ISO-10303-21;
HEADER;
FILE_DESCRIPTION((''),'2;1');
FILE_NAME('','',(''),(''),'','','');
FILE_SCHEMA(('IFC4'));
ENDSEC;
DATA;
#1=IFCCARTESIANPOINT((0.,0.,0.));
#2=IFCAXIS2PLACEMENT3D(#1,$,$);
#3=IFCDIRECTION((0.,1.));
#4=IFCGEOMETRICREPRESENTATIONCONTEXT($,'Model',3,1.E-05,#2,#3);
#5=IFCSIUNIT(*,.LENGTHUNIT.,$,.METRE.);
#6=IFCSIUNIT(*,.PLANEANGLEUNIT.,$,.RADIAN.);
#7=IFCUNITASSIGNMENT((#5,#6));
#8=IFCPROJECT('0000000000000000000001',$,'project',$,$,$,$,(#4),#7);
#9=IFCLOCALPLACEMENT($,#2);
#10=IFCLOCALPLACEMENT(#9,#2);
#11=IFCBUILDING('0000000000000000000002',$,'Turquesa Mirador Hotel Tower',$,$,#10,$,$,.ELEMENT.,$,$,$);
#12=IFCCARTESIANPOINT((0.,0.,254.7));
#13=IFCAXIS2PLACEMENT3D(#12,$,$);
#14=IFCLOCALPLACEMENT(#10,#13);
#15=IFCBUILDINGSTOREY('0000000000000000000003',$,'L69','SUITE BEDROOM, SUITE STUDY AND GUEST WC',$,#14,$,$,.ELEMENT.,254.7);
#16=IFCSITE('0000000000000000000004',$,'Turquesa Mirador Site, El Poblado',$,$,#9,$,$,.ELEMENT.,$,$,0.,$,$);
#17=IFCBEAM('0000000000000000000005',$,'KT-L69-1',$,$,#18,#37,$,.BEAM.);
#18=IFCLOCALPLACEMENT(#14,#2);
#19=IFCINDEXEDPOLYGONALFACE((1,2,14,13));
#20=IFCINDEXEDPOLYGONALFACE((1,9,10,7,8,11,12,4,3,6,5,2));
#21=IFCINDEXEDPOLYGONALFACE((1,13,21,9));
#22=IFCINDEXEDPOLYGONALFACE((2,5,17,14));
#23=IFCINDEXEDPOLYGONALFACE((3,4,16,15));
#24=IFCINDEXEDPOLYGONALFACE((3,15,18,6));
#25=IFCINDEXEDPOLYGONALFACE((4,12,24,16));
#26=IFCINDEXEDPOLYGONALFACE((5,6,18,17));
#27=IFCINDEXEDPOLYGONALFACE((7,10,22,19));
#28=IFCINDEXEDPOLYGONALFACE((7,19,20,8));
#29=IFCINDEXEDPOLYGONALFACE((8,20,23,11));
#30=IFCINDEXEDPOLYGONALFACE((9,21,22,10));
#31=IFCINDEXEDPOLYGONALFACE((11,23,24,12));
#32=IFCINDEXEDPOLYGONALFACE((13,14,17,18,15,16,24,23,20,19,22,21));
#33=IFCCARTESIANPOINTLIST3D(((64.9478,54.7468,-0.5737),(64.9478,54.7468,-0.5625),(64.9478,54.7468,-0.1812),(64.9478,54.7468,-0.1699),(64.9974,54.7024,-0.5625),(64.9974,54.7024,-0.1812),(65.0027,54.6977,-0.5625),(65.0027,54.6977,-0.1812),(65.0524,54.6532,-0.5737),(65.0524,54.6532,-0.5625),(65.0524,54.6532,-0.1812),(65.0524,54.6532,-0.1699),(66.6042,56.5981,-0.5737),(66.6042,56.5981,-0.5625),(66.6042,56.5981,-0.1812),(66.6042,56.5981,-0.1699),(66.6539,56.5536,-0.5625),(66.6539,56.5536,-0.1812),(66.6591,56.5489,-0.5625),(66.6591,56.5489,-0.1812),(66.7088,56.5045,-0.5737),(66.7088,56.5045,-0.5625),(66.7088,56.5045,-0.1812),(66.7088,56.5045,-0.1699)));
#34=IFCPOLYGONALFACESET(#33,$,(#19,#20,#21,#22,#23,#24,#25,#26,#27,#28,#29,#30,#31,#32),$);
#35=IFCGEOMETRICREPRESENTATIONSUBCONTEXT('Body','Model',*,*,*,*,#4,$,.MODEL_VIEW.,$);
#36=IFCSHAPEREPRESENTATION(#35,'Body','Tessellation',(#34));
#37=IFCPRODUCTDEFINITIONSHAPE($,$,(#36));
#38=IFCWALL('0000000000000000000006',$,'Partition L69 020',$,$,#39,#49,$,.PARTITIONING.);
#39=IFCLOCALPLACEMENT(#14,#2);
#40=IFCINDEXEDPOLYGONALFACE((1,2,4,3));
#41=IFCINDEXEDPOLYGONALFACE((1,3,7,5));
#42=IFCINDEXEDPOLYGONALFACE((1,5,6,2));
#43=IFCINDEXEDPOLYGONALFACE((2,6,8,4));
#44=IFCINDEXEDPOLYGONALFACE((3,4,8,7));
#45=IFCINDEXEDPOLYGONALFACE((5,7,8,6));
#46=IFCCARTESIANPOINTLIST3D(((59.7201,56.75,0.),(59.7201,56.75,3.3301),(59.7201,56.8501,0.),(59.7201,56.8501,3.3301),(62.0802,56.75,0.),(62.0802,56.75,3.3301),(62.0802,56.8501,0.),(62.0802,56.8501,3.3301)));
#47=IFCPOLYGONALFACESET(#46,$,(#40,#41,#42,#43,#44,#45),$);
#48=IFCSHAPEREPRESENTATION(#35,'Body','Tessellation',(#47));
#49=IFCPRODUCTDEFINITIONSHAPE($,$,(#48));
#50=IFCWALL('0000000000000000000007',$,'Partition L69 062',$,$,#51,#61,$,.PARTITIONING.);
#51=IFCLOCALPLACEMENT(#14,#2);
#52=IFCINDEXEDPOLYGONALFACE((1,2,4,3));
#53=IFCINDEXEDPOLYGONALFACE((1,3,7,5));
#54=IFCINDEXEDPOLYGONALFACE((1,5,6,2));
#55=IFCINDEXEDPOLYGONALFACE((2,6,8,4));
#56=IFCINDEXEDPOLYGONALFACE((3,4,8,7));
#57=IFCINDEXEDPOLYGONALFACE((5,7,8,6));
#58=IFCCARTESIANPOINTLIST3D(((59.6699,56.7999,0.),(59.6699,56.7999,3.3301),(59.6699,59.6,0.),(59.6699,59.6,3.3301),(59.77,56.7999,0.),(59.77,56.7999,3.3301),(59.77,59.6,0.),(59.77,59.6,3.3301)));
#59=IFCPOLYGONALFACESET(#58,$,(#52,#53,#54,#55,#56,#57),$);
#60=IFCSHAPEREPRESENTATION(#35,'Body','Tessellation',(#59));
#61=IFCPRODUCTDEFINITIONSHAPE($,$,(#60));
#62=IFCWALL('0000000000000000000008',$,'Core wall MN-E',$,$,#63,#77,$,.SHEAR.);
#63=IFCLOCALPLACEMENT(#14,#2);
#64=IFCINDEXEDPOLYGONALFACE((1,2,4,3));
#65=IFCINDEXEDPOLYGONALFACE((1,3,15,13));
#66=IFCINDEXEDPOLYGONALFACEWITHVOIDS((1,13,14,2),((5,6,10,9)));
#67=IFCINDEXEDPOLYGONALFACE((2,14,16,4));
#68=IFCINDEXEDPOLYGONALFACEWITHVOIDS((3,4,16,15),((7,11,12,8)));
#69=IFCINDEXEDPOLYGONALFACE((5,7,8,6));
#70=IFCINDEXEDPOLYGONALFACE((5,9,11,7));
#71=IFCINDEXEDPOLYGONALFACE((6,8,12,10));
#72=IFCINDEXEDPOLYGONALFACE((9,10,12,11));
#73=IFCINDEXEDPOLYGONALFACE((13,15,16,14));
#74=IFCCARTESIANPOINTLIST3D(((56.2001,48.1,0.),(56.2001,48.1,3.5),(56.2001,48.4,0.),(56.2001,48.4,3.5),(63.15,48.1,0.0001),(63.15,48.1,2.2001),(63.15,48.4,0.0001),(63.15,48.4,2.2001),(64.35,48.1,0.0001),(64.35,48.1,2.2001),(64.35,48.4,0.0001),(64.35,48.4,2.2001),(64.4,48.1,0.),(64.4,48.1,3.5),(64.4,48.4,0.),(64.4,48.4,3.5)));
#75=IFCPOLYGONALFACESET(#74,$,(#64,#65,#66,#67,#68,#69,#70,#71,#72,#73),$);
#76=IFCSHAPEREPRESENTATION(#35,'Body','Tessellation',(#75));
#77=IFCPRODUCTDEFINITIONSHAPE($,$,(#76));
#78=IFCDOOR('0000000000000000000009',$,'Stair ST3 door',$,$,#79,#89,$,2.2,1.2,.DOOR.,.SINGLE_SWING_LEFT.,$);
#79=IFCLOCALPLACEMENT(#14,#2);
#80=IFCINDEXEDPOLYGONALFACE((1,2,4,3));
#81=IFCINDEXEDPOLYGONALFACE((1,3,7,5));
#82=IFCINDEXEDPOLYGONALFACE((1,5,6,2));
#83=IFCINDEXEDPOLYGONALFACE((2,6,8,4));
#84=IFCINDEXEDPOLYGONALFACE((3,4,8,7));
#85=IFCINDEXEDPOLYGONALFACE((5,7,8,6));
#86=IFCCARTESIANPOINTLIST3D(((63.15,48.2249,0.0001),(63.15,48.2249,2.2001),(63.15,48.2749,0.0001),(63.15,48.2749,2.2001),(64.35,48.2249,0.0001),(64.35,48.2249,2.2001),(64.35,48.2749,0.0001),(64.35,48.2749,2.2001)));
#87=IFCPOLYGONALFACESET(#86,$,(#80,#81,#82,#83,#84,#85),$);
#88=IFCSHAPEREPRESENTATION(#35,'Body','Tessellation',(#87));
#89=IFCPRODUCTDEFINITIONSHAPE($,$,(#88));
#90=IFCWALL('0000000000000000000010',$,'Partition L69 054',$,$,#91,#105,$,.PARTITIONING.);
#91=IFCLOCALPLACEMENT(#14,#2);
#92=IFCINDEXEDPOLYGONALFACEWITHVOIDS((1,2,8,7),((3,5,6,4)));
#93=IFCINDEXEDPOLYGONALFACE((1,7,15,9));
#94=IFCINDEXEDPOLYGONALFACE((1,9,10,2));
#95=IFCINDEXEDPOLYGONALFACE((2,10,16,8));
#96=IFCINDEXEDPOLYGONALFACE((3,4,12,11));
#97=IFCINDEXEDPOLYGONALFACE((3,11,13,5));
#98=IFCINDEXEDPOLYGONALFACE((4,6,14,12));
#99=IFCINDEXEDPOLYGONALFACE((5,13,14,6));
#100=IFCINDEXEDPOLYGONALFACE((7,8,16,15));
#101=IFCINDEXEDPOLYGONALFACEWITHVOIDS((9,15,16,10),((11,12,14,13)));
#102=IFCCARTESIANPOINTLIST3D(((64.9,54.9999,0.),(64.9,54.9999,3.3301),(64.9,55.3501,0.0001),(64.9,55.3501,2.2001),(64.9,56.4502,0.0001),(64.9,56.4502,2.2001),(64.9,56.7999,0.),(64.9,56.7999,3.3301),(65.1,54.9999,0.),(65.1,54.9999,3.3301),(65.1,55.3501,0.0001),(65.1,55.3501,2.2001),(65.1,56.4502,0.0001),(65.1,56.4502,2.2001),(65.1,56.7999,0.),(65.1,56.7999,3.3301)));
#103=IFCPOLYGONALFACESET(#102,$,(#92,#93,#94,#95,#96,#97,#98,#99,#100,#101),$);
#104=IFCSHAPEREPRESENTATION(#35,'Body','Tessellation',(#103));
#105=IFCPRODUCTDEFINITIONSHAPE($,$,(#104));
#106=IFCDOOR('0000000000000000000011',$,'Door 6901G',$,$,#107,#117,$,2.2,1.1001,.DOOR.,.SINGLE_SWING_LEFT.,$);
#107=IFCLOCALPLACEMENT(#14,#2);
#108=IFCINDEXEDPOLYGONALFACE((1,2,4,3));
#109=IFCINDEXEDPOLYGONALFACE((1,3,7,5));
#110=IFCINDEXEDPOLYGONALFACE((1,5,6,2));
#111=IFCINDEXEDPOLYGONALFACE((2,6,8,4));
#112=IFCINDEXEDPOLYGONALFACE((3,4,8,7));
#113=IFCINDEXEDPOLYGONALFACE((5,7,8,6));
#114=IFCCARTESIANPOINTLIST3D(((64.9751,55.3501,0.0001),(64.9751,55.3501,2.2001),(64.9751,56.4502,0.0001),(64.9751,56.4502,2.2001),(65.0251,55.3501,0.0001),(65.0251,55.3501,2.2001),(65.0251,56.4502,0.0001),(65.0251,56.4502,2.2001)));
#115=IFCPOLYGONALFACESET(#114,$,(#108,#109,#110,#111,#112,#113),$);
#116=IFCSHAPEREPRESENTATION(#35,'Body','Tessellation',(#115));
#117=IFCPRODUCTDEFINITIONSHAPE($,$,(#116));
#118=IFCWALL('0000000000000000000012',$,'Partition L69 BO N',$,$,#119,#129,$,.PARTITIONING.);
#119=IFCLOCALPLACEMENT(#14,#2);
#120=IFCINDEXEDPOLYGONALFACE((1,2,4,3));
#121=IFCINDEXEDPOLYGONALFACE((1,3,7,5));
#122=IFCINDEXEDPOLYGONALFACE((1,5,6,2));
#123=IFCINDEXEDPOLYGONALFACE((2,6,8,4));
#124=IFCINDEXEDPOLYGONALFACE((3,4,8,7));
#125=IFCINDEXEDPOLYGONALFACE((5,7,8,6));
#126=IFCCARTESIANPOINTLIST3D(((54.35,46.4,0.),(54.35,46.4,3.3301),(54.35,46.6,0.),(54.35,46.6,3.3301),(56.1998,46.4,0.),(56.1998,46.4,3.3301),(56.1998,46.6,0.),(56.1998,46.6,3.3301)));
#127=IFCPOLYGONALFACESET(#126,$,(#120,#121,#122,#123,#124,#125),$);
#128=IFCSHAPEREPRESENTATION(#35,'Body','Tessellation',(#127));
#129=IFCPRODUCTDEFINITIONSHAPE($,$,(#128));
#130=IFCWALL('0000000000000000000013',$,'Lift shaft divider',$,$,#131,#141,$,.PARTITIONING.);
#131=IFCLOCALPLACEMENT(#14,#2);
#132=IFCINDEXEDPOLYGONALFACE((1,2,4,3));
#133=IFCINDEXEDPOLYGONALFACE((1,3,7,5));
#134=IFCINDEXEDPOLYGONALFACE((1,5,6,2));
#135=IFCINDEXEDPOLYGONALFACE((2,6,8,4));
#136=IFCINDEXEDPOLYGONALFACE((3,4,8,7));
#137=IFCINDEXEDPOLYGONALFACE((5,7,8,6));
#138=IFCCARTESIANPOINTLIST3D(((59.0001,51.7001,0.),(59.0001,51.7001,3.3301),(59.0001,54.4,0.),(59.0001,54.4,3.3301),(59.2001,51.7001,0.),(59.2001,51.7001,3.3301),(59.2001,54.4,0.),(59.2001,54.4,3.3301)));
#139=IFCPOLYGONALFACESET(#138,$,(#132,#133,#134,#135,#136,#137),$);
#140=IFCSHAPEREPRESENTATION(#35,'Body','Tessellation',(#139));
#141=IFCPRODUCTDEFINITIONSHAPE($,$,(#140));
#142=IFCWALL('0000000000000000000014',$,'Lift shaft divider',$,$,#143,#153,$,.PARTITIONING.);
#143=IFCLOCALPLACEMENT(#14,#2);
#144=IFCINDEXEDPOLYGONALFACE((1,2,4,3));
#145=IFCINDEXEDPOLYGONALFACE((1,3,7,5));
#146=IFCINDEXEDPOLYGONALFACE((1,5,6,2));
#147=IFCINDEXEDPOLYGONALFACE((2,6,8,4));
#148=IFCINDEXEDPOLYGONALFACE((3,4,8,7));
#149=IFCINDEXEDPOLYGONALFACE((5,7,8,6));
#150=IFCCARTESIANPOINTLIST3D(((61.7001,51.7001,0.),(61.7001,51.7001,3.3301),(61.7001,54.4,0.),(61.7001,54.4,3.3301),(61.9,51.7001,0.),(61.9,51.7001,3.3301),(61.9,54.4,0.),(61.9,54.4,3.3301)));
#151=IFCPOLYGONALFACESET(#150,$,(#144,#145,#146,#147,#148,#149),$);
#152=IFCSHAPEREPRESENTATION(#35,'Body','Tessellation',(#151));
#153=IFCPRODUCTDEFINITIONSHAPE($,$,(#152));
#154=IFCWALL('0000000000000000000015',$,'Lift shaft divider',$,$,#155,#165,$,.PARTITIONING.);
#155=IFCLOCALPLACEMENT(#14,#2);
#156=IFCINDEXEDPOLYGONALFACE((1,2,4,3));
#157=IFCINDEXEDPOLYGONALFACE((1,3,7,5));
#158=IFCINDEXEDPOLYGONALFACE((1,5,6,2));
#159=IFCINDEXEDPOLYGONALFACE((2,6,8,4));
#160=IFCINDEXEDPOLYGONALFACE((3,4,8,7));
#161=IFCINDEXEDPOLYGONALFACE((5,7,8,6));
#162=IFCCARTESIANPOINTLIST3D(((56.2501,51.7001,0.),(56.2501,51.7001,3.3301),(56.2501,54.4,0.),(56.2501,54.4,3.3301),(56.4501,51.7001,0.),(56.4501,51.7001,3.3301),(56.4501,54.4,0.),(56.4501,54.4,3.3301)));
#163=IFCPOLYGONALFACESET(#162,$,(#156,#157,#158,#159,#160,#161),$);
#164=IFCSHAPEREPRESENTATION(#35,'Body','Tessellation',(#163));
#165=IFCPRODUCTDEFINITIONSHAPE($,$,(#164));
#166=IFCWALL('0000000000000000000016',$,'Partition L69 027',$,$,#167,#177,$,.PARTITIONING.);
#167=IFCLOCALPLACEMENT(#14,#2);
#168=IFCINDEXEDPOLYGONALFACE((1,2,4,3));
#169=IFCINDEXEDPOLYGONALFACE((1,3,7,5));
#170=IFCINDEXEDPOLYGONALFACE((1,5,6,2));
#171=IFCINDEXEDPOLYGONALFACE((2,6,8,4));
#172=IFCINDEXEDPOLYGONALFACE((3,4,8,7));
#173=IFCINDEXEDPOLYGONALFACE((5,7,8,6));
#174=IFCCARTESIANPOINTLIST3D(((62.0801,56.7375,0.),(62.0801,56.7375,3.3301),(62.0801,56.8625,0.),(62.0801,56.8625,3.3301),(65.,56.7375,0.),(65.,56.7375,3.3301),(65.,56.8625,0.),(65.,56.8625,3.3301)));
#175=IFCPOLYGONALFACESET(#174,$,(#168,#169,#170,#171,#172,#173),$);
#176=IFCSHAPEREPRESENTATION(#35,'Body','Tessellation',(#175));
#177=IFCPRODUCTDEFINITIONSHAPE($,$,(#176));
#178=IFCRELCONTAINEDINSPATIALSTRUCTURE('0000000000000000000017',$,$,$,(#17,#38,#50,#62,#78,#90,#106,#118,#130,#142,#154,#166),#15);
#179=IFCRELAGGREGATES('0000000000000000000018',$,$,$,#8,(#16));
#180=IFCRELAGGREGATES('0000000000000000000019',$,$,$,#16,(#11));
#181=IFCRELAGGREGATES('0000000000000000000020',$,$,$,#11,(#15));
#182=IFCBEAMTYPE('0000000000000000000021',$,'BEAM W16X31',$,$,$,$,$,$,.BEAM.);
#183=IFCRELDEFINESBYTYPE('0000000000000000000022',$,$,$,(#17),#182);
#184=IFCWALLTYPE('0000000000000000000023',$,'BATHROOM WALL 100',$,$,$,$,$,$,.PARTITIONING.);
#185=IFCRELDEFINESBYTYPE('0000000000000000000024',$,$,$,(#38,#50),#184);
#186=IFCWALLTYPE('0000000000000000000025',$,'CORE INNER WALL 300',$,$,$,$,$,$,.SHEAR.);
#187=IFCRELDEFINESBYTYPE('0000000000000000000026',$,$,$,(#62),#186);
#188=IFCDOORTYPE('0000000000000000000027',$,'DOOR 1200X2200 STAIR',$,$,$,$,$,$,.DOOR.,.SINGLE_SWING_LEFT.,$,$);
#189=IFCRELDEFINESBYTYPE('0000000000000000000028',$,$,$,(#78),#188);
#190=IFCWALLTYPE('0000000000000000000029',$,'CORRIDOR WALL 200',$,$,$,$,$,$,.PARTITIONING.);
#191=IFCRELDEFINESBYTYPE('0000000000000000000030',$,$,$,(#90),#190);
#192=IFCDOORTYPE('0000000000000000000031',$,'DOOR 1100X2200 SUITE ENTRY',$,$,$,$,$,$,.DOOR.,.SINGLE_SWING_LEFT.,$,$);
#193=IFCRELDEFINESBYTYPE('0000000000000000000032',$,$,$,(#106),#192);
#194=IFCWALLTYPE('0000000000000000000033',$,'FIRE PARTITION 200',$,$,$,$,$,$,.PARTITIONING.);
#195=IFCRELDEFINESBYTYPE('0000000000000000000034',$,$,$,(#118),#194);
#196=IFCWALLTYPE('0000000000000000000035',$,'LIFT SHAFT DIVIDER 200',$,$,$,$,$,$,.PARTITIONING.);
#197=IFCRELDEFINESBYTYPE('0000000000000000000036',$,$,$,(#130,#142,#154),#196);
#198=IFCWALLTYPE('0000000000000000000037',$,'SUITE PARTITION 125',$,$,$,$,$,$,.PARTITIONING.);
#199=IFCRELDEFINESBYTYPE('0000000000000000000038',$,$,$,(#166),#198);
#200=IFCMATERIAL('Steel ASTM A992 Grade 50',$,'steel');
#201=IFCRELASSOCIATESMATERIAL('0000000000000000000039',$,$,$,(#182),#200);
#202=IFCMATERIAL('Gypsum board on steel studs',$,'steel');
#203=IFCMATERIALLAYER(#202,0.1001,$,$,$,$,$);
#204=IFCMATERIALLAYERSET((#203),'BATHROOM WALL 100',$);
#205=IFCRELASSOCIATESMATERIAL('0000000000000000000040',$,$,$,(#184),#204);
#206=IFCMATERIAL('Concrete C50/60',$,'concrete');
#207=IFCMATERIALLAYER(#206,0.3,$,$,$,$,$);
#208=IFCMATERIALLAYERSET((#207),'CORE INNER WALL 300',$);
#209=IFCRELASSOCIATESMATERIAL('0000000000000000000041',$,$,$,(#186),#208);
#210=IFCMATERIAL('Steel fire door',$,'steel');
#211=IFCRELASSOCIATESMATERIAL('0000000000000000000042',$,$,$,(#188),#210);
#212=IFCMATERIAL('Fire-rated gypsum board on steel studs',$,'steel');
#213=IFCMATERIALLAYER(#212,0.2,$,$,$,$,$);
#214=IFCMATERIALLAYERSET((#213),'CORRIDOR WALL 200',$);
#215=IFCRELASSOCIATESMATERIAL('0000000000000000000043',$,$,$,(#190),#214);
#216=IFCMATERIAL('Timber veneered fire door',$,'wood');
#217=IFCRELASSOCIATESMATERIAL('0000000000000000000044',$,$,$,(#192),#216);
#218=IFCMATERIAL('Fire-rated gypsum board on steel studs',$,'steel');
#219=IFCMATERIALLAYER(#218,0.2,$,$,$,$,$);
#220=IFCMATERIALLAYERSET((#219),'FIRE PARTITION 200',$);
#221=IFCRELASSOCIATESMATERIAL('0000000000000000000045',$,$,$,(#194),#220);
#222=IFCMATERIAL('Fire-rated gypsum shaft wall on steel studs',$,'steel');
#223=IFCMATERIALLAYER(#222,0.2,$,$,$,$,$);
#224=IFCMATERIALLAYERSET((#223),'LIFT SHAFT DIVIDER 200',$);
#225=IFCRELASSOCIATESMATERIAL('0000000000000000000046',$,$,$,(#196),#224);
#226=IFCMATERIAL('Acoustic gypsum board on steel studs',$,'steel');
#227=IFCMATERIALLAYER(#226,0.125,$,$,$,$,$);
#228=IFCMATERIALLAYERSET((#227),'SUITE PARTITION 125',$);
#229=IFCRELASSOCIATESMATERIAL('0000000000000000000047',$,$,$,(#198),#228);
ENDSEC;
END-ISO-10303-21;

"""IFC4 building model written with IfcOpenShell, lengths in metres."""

from ifc_helpers import new_model, si_unit, direction, frame, frame_2d, origin, origin_2d, place, context, subcontext, project, spatial, rectangle, i_section, extrude, material, layer, layer_set, material_profile, profile_set, type_object, element, fill, save


model = new_model("IFC4")

# Units and contexts
model_context = context("Model", 3, precision=1e-05, world=origin(), true_north=direction((0.0, 1.0)))
body_context = subcontext(model_context, "Body", "Model", "MODEL_VIEW")
ifc_project = project(units=[si_unit("LENGTHUNIT", "METRE"), si_unit("PLANEANGLEUNIT", "RADIAN")], contexts=[model_context])

# Site, building, storey
site_placement = place(None, origin())
site = spatial("IfcSite", under=ifc_project, at=site_placement, Name="Turquesa Mirador Site, El Poblado", CompositionType="ELEMENT", RefElevation=0.0)
building_placement = place(site_placement, origin())
building = spatial("IfcBuilding", under=site, at=building_placement, Name="Turquesa Mirador Hotel Tower", CompositionType="ELEMENT")
storey_placement = place(building_placement, frame((0.0, 0.0, 254.7)))
storey = spatial("IfcBuildingStorey", under=building, at=storey_placement, Name="L69", Description="SUITE BEDROOM, SUITE STUDY AND GUEST WC", CompositionType="ELEMENT", Elevation=254.7)

# Beam
ifc_material_1 = material(Name="Steel ASTM A992 Grade 50", Category="steel")
ifc_material_profile = material_profile(ifc_material_1, i_section(OverallWidth=0.1404, OverallDepth=0.4038, WebThickness=0.0071, FlangeThickness=0.0112, at=origin_2d()), Name="W16X31")
ifc_profile_set = profile_set([ifc_material_profile], Name="Steel ASTM A992 Grade 50")
beam_type = type_object("IfcBeamType", Name="BEAM W16X31", PredefinedType="BEAM", material=ifc_profile_set)
beam_placement = place(storey_placement, frame((66.6565, 56.5513, -0.3718), z_axis=(-0.666806, -0.745231, 0.0), x_axis=(0.745231, -0.666806, 0.0)))
element("IfcBeam", 1, at=beam_placement, inside=storey, type_object=beam_type, Name="KT-L69-1", PredefinedType="BEAM", context=body_context, shape_type="SweptSolid", body=[
    extrude(i_section(OverallWidth=0.1404, OverallDepth=0.4038, WebThickness=0.0071, FlangeThickness=0.0112, at=origin_2d()), origin(), (0.0, 0.0, 1.0), 2.4841),
])

# Walls
ifc_material_2 = material(Name="Gypsum board on steel studs", Category="steel")
ifc_layer_1 = layer(ifc_material_2, 0.1001)
ifc_layer_set_1 = layer_set([ifc_layer_1], Name="BATHROOM WALL 100")
wall_type_1 = type_object("IfcWallType", Name="BATHROOM WALL 100", PredefinedType="PARTITIONING", material=ifc_layer_set_1)
wall_1_placement = place(storey_placement, frame((59.72, 56.8, 0.0), z_axis=(0.0, 0.0, 1.0), x_axis=(1.0, 0.0, 0.0)))
element("IfcWall", 2, at=wall_1_placement, inside=storey, type_object=wall_type_1, Name="Partition L69 020", PredefinedType="PARTITIONING", context=body_context, shape_type="SweptSolid", body=[
    extrude(rectangle(XDim=2.3601, YDim=0.1001, at=frame_2d((1.1802, 0.0))), origin(), (0.0, 0.0, 1.0), 3.3301),
])
wall_2_placement = place(storey_placement, frame((59.72, 56.8, 0.0), z_axis=(0.0, 0.0, 1.0), x_axis=(0.0, 1.0, 0.0)))
element("IfcWall", 3, at=wall_2_placement, inside=storey, type_object=wall_type_1, Name="Partition L69 062", PredefinedType="PARTITIONING", context=body_context, shape_type="SweptSolid", body=[
    extrude(rectangle(XDim=2.8, YDim=0.1001, at=frame_2d((1.3999, 0.0))), origin(), (0.0, 0.0, 1.0), 3.3301),
])

# Walls, openings, doors
ifc_material_3 = material(Name="Concrete C50/60", Category="concrete")
ifc_layer_2 = layer(ifc_material_3, 0.3)
ifc_layer_set_2 = layer_set([ifc_layer_2], Name="CORE INNER WALL 300")
wall_type_2 = type_object("IfcWallType", Name="CORE INNER WALL 300", PredefinedType="SHEAR", material=ifc_layer_set_2)
wall_3_placement = place(storey_placement, frame((56.2, 48.25, 0.0), z_axis=(0.0, 0.0, 1.0), x_axis=(1.0, 0.0, 0.0)))
wall_3 = element("IfcWall", 4, at=wall_3_placement, inside=storey, type_object=wall_type_2, Name="Core wall MN-E", PredefinedType="SHEAR", context=body_context, shape_type="SweptSolid", body=[
    extrude(rectangle(XDim=8.2, YDim=0.3, at=frame_2d((4.1001, 0.0))), origin(), (0.0, 0.0, 1.0), 3.5),
])
opening_1_placement = place(wall_3_placement, frame((6.95, 0.0, 0.0)))
opening_1 = element("IfcOpeningElement", 5, at=opening_1_placement, cuts=wall_3, PredefinedType="OPENING", context=body_context, shape_type="SweptSolid", body=[
    extrude(rectangle(XDim=1.2, YDim=2.2, at=frame_2d((0.6001, 1.1001))), frame((0.0, 0.1599, 0.0), z_axis=(0.0, -1.0, 0.0), x_axis=(1.0, 0.0, 0.0)), (0.0, 0.0, 1.0), 0.3201),
])
ifc_material_4 = material(Name="Steel fire door", Category="steel")
door_type_1 = type_object("IfcDoorType", Name="DOOR 1200X2200 STAIR", OperationType="SINGLE_SWING_LEFT", PredefinedType="DOOR", material=ifc_material_4)
door_1_placement = place(opening_1_placement, origin())
door_1 = element("IfcDoor", 6, at=door_1_placement, inside=storey, type_object=door_type_1, Name="Stair ST3 door", OperationType="SINGLE_SWING_LEFT", OverallHeight=2.2, OverallWidth=1.2, PredefinedType="DOOR", context=body_context, shape_type="SweptSolid", body=[
    extrude(rectangle(XDim=1.2, YDim=2.2, at=frame_2d((0.6001, 1.1001))), frame((0.0, 0.0249, 0.0), z_axis=(0.0, -1.0, 0.0), x_axis=(1.0, 0.0, 0.0)), (0.0, 0.0, 1.0), 0.05),
])
fill(opening_1, door_1)
ifc_material_5 = material(Name="Fire-rated gypsum board on steel studs", Category="steel")
ifc_layer_3 = layer(ifc_material_5, 0.2)
ifc_layer_set_3 = layer_set([ifc_layer_3], Name="CORRIDOR WALL 200")
wall_type_3 = type_object("IfcWallType", Name="CORRIDOR WALL 200", PredefinedType="PARTITIONING", material=ifc_layer_set_3)
wall_4_placement = place(storey_placement, frame((65.0, 55.0, 0.0), z_axis=(0.0, 0.0, 1.0), x_axis=(0.0, 1.0, 0.0)))
wall_4 = element("IfcWall", 7, at=wall_4_placement, inside=storey, type_object=wall_type_3, Name="Partition L69 054", PredefinedType="PARTITIONING", context=body_context, shape_type="SweptSolid", body=[
    extrude(rectangle(XDim=1.8, YDim=0.2, at=frame_2d((0.8999, 0.0))), origin(), (0.0, 0.0, 1.0), 3.3301),
])
opening_2_placement = place(wall_4_placement, frame((0.3501, 0.0, 0.0)))
opening_2 = element("IfcOpeningElement", 8, at=opening_2_placement, cuts=wall_4, PredefinedType="OPENING", context=body_context, shape_type="SweptSolid", body=[
    extrude(rectangle(XDim=1.1001, YDim=2.2, at=frame_2d((0.55, 1.1001))), frame((0.0, 0.1099, 0.0), z_axis=(0.0, -1.0, 0.0), x_axis=(1.0, 0.0, 0.0)), (0.0, 0.0, 1.0), 0.22),
])
ifc_material_6 = material(Name="Timber veneered fire door", Category="wood")
door_type_2 = type_object("IfcDoorType", Name="DOOR 1100X2200 SUITE ENTRY", OperationType="SINGLE_SWING_LEFT", PredefinedType="DOOR", material=ifc_material_6)
door_2_placement = place(opening_2_placement, origin())
door_2 = element("IfcDoor", 9, at=door_2_placement, inside=storey, type_object=door_type_2, Name="Door 6901G", OperationType="SINGLE_SWING_LEFT", OverallHeight=2.2, OverallWidth=1.1001, PredefinedType="DOOR", context=body_context, shape_type="SweptSolid", body=[
    extrude(rectangle(XDim=1.1001, YDim=2.2, at=frame_2d((0.55, 1.1001))), frame((0.0, 0.0249, 0.0), z_axis=(0.0, -1.0, 0.0), x_axis=(1.0, 0.0, 0.0)), (0.0, 0.0, 1.0), 0.05),
])
fill(opening_2, door_2)

# Walls
ifc_material_7 = material(Name="Fire-rated gypsum board on steel studs", Category="steel")
ifc_layer_4 = layer(ifc_material_7, 0.2)
ifc_layer_set_4 = layer_set([ifc_layer_4], Name="FIRE PARTITION 200")
wall_type_4 = type_object("IfcWallType", Name="FIRE PARTITION 200", PredefinedType="PARTITIONING", material=ifc_layer_set_4)
wall_5_placement = place(storey_placement, frame((54.3501, 46.5, 0.0), z_axis=(0.0, 0.0, 1.0), x_axis=(1.0, 0.0, 0.0)))
element("IfcWall", 10, at=wall_5_placement, inside=storey, type_object=wall_type_4, Name="Partition L69 BO N", PredefinedType="PARTITIONING", context=body_context, shape_type="SweptSolid", body=[
    extrude(rectangle(XDim=1.8499, YDim=0.2, at=frame_2d((0.9248, 0.0))), origin(), (0.0, 0.0, 1.0), 3.3301),
])
ifc_material_8 = material(Name="Fire-rated gypsum shaft wall on steel studs", Category="steel")
ifc_layer_5 = layer(ifc_material_8, 0.2)
ifc_layer_set_5 = layer_set([ifc_layer_5], Name="LIFT SHAFT DIVIDER 200")
wall_type_5 = type_object("IfcWallType", Name="LIFT SHAFT DIVIDER 200", PredefinedType="PARTITIONING", material=ifc_layer_set_5)
for number, where, z_axis, x_axis, name in (
    (11, (59.1001, 51.7, 0.0), (0.0, 0.0, 1.0), (0.0, 1.0, 0.0), "Lift shaft divider"),
    (12, (61.8, 51.7, 0.0), (0.0, 0.0, 1.0), (0.0, 1.0, 0.0), "Lift shaft divider"),
    (13, (56.3501, 51.7, 0.0), (0.0, 0.0, 1.0), (0.0, 1.0, 0.0), "Lift shaft divider"),
):
    element("IfcWall", number, at=place(storey_placement, frame(where, z_axis=z_axis, x_axis=x_axis)), inside=storey, type_object=wall_type_5, Name=name, PredefinedType="PARTITIONING", context=body_context, shape_type="SweptSolid", body=[
        extrude(rectangle(XDim=2.7, YDim=0.2, at=frame_2d((1.3501, 0.0))), origin(), (0.0, 0.0, 1.0), 3.3301),
    ])
ifc_material_9 = material(Name="Acoustic gypsum board on steel studs", Category="steel")
ifc_layer_6 = layer(ifc_material_9, 0.125)
ifc_layer_set_6 = layer_set([ifc_layer_6], Name="SUITE PARTITION 125")
wall_type_6 = type_object("IfcWallType", Name="SUITE PARTITION 125", PredefinedType="PARTITIONING", material=ifc_layer_set_6)
wall_6_placement = place(storey_placement, frame((62.0801, 56.8, 0.0), z_axis=(0.0, 0.0, 1.0), x_axis=(1.0, 0.0, 0.0)))
element("IfcWall", 14, at=wall_6_placement, inside=storey, type_object=wall_type_6, Name="Partition L69 027", PredefinedType="PARTITIONING", context=body_context, shape_type="SweptSolid", body=[
    extrude(rectangle(XDim=2.9199, YDim=0.125, at=frame_2d((1.46, 0.0))), origin(), (0.0, 0.0, 1.0), 3.3301),
])

save(model, "model.ifc")
